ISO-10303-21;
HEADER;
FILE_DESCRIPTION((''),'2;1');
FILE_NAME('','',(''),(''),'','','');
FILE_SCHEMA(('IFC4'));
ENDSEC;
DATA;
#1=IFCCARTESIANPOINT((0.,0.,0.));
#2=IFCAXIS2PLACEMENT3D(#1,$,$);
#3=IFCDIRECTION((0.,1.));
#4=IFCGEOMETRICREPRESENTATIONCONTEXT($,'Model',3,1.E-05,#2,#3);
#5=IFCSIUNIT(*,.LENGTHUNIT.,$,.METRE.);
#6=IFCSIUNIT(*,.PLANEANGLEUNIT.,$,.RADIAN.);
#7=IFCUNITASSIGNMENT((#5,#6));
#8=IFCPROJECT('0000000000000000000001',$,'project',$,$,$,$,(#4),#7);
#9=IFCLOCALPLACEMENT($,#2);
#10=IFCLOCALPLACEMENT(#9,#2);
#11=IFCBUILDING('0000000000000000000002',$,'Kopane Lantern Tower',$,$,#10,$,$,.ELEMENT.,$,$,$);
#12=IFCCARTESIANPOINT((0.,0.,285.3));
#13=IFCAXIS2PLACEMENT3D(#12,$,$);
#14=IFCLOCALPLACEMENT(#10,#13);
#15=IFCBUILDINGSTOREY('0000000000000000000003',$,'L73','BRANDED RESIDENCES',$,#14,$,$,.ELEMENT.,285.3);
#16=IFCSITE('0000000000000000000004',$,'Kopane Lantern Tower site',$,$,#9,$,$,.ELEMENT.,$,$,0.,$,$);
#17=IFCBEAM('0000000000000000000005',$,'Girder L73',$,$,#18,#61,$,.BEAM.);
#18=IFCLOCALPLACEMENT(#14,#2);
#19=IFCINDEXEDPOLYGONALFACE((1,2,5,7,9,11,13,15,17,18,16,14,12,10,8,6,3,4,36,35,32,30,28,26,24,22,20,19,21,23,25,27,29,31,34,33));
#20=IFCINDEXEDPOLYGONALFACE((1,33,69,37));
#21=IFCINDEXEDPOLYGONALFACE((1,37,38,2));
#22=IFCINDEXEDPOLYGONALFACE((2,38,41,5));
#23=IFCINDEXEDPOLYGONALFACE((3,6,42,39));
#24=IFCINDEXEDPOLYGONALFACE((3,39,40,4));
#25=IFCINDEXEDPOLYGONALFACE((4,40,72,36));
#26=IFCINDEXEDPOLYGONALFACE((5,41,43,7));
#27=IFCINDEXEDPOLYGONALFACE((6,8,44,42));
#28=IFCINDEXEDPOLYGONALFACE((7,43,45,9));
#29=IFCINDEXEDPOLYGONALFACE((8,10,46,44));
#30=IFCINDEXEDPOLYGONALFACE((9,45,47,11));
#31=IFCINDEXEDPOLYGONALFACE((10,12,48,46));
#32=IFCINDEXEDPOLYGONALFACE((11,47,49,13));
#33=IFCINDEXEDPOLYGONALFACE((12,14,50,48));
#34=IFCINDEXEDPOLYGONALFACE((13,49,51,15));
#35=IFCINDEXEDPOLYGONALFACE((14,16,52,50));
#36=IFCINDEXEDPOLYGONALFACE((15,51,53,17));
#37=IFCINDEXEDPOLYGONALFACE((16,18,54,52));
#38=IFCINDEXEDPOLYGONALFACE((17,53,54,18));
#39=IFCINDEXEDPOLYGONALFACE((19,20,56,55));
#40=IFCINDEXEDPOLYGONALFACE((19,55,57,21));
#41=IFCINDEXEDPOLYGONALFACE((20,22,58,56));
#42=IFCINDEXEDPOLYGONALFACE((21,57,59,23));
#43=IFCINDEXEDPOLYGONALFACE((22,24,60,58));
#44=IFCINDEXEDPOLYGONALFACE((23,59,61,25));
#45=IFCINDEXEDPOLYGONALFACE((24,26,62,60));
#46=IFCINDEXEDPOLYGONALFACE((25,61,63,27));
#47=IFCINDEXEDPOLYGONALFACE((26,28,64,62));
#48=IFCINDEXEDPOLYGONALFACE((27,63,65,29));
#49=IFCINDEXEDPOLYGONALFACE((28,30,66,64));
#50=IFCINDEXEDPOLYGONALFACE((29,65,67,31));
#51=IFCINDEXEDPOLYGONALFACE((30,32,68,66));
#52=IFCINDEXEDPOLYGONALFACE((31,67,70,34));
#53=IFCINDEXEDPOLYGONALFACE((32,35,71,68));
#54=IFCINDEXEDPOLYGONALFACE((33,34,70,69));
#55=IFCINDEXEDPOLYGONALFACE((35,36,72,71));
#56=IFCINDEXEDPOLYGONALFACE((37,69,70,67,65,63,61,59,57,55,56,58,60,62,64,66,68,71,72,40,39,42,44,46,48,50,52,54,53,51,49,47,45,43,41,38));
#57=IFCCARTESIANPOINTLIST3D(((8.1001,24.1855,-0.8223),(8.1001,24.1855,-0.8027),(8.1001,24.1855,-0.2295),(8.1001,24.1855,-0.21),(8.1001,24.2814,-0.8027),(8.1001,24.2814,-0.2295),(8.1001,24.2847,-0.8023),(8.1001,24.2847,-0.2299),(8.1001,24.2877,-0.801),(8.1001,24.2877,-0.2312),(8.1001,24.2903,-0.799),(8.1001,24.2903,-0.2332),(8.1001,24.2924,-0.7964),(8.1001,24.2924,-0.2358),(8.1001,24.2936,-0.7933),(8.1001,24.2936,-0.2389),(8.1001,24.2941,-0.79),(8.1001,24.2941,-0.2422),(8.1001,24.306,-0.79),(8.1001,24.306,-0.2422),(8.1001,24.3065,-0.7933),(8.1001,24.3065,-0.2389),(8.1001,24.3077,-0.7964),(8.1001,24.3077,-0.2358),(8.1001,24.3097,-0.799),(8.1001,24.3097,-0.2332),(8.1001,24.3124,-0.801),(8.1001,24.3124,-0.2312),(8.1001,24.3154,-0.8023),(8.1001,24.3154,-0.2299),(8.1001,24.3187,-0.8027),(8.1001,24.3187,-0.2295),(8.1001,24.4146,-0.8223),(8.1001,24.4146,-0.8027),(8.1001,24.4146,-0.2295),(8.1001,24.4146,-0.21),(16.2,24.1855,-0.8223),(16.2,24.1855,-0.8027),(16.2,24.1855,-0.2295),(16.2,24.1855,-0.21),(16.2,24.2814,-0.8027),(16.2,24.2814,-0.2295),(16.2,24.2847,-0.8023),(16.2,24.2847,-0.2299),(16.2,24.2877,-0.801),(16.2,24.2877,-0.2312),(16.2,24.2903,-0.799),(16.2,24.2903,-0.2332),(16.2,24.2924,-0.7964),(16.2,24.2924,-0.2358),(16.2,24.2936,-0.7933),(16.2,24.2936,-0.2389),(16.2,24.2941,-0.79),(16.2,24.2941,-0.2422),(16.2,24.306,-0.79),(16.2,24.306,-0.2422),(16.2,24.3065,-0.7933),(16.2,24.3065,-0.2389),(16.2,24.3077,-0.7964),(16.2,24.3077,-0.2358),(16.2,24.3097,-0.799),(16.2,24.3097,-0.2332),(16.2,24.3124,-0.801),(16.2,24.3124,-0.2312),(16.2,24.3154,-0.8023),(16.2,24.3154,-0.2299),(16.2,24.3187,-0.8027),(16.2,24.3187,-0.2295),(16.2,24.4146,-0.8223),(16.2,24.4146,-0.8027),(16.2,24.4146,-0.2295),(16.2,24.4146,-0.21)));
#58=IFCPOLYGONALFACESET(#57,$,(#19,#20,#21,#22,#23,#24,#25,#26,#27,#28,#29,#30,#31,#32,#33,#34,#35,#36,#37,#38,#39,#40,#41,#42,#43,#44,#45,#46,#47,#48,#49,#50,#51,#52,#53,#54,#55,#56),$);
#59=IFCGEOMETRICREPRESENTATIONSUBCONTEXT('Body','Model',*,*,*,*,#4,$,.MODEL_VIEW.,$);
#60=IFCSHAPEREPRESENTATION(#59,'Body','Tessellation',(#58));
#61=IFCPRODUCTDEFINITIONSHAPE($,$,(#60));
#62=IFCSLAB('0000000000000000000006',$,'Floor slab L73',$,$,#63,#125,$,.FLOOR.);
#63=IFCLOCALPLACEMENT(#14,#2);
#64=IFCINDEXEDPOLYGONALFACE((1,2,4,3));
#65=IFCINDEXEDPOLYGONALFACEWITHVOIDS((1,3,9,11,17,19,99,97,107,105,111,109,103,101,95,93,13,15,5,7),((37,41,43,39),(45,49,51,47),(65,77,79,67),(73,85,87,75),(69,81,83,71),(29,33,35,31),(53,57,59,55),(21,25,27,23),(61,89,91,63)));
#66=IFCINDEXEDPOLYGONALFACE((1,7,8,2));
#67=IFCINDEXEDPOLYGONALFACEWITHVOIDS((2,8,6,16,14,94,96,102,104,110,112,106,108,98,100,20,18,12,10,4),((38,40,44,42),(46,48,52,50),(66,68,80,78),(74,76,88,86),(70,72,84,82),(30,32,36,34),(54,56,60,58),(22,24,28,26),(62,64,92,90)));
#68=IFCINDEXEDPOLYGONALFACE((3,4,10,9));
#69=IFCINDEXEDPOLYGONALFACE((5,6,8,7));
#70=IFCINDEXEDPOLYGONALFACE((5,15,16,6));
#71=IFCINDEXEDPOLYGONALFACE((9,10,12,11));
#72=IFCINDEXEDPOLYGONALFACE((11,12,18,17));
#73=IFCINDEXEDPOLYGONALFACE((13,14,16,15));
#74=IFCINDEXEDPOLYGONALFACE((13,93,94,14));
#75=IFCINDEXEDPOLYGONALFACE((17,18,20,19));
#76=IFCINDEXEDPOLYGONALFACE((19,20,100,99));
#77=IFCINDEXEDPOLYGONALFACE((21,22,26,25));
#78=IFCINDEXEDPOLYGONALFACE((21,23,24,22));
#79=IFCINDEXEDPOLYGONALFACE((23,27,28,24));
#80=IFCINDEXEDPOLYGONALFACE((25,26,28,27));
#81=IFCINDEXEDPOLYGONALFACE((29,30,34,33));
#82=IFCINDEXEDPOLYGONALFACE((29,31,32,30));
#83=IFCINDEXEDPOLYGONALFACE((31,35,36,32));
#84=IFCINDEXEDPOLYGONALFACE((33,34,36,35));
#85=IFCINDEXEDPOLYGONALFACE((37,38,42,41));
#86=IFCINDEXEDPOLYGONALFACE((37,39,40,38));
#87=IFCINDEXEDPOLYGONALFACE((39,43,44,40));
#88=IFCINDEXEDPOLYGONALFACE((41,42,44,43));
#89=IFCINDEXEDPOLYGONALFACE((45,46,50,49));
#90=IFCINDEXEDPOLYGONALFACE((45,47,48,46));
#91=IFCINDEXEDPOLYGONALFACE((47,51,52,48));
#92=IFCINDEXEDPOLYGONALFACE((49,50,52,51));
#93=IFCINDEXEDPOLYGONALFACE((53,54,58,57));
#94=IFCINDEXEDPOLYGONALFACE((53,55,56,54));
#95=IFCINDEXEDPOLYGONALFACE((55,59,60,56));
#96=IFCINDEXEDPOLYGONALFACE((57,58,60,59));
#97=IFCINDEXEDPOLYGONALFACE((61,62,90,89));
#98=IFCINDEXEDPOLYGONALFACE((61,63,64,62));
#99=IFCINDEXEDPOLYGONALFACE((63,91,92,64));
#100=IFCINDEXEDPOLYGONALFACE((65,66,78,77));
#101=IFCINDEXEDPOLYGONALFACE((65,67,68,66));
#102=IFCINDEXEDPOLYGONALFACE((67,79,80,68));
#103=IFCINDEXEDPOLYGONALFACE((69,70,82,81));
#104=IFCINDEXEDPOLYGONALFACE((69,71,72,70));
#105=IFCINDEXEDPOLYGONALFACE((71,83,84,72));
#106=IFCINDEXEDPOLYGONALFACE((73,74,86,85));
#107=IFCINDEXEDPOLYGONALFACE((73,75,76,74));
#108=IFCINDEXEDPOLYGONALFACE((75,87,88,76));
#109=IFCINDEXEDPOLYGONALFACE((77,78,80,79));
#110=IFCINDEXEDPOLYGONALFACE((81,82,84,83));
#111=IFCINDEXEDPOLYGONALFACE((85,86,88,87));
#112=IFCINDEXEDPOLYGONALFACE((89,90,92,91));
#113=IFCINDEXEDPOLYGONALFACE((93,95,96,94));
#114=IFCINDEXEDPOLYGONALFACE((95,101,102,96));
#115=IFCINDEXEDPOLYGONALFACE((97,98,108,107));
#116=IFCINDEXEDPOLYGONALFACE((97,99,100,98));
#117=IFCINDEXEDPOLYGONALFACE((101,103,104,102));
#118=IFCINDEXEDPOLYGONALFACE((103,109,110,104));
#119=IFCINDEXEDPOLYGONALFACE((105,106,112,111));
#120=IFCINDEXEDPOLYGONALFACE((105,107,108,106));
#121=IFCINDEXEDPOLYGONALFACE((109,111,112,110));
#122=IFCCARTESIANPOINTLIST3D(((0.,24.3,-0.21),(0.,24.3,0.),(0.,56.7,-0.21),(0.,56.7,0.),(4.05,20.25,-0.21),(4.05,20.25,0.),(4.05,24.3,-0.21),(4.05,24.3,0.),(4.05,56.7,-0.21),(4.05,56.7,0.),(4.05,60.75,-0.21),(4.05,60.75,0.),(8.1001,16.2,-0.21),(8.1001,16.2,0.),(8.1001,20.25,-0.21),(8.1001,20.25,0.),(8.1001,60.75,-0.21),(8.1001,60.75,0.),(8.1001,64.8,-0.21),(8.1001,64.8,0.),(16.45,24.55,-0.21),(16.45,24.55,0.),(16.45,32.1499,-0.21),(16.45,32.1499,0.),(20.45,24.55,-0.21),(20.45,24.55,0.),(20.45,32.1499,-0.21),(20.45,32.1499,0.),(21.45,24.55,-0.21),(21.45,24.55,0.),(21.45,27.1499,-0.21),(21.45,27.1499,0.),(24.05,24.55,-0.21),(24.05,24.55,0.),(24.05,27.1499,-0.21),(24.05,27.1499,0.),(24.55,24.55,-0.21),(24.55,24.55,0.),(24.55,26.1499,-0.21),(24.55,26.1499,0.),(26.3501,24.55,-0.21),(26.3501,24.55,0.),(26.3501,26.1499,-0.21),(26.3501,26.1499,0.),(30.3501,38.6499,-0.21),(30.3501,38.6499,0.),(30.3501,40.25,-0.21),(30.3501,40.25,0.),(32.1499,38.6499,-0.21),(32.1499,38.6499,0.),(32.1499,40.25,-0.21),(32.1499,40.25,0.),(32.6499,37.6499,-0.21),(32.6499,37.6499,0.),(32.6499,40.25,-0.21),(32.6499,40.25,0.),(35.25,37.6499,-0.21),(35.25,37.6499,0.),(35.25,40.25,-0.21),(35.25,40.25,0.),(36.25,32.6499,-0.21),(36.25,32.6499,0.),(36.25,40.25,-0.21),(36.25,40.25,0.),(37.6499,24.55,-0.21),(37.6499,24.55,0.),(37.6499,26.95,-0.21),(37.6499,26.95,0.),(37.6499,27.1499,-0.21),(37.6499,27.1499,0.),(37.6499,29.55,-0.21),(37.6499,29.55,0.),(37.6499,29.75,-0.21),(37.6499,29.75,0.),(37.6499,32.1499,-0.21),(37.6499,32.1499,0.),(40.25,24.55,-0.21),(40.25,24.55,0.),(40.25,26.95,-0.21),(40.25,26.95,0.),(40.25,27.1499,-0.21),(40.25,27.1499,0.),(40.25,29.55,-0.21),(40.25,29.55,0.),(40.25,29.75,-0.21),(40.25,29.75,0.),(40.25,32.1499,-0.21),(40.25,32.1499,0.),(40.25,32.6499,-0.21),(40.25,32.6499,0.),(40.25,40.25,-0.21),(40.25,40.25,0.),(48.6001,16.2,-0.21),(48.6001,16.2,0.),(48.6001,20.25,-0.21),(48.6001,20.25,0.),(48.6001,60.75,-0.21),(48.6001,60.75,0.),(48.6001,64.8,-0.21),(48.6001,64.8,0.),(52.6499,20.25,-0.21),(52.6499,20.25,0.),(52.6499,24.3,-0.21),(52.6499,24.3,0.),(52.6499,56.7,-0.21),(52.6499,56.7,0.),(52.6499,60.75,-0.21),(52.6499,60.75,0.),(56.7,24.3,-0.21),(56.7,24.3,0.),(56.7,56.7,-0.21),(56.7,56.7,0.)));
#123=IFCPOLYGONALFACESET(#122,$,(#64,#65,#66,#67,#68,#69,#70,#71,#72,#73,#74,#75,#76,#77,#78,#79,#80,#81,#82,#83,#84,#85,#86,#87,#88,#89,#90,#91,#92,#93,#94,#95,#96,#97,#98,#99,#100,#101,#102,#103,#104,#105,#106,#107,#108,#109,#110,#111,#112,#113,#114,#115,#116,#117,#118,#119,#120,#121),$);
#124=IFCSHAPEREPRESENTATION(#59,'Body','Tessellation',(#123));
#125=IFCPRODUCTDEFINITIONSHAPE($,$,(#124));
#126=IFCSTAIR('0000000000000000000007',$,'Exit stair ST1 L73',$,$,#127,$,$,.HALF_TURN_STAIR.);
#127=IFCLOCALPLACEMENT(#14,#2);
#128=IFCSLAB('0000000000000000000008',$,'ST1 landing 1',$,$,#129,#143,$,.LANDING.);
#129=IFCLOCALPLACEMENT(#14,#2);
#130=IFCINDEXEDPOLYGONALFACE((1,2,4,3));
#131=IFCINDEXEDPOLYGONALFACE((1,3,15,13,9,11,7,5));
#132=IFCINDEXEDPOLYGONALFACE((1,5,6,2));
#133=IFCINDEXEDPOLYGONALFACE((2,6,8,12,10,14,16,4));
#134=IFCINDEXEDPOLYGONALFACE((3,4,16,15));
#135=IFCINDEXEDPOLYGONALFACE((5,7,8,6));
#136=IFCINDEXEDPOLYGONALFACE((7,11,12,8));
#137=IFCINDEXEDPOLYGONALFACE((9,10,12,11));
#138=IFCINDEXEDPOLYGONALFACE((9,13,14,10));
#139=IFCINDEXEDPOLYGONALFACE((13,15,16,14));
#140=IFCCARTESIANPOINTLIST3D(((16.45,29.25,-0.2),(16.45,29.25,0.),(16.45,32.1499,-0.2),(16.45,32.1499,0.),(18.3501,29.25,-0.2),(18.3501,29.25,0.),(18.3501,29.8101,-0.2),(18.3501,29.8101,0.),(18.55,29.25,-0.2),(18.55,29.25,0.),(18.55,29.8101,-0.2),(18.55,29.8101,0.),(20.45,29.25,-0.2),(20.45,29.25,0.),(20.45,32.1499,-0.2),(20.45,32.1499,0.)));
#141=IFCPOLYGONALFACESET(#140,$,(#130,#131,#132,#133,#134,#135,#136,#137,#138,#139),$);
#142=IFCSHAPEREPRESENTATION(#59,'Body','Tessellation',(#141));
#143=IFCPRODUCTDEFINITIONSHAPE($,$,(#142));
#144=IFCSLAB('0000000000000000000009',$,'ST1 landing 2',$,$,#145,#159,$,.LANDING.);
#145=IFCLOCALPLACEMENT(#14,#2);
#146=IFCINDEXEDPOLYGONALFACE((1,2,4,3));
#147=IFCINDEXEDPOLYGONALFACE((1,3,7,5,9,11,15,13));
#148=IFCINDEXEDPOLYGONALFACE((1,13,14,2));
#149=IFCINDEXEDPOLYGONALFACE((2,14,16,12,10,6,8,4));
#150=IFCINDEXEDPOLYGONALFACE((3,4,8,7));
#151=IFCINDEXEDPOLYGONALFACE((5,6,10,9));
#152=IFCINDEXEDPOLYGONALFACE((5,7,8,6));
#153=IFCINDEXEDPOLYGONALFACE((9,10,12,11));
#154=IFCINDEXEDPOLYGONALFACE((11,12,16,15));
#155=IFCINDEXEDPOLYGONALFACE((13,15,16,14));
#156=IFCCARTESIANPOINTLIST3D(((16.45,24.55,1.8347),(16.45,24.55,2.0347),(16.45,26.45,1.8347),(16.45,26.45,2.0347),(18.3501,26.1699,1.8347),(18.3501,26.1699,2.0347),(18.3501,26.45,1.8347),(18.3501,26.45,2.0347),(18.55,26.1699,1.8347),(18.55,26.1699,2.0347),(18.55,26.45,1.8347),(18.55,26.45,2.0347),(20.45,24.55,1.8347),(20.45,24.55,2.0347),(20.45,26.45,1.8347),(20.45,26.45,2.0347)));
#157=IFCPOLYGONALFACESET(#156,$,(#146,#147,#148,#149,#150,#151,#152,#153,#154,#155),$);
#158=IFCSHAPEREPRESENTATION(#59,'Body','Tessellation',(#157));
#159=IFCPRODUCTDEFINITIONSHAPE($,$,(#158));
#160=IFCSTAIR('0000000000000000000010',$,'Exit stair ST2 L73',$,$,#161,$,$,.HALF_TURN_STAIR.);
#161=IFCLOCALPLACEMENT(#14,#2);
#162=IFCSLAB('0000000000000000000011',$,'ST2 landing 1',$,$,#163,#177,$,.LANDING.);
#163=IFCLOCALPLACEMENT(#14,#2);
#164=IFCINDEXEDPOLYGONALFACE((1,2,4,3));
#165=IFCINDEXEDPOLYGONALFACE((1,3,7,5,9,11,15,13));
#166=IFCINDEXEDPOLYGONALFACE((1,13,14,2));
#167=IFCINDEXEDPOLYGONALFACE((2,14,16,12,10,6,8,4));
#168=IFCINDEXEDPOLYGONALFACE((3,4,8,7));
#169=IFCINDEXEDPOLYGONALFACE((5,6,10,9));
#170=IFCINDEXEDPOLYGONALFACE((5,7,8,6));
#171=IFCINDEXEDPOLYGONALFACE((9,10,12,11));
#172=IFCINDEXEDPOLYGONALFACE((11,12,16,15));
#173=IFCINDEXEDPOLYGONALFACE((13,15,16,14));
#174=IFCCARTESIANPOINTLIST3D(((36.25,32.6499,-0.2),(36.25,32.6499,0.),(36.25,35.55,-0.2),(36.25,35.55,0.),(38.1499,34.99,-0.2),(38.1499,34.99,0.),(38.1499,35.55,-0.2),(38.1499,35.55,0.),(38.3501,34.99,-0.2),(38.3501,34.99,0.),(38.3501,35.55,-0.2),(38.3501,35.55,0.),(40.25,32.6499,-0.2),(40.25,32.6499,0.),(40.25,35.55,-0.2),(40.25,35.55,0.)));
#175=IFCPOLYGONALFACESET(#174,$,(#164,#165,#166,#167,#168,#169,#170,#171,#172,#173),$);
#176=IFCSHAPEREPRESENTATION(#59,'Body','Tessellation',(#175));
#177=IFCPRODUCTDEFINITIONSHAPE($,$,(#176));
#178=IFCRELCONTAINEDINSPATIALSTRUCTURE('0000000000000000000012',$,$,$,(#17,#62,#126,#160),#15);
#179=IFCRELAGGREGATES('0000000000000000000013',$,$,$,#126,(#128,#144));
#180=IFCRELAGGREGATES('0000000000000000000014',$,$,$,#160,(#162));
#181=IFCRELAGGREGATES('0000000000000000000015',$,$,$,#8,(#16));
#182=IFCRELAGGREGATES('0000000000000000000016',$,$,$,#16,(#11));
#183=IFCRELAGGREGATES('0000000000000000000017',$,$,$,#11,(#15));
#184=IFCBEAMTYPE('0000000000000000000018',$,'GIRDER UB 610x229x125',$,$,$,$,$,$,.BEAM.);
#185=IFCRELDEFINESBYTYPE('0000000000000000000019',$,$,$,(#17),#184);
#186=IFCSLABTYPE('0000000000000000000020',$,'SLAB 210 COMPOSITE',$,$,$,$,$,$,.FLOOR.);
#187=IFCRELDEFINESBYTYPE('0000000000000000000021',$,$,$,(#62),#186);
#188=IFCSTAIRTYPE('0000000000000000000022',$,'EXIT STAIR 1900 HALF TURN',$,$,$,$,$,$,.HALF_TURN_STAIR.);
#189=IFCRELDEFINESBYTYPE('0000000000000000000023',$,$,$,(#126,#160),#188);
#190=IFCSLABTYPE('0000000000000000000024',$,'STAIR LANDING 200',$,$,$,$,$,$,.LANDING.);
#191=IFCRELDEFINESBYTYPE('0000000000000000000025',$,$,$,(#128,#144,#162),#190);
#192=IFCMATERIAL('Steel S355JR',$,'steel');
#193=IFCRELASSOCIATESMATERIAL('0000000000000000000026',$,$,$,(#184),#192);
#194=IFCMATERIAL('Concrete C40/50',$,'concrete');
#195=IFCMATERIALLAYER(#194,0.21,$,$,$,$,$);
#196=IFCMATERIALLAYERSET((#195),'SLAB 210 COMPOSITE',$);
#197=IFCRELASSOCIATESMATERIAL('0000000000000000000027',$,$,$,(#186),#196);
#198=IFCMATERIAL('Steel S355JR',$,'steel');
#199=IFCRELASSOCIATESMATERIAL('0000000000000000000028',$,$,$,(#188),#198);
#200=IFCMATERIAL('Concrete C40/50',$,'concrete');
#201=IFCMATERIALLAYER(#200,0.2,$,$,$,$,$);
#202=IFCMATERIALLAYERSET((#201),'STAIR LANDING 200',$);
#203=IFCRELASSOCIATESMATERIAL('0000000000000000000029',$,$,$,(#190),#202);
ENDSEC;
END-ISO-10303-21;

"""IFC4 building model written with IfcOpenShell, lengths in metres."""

from ifc_helpers import new_model, si_unit, direction, frame, origin, origin_2d, place, context, subcontext, project, spatial, polyline, i_section, outline, extrude, material, layer, layer_set, material_profile, profile_set, type_object, element, aggregate, save


model = new_model("IFC4")

# Units and contexts
model_context = context("Model", 3, precision=1e-05, world=origin(), true_north=direction((0.0, 1.0)))
body_context = subcontext(model_context, "Body", "Model", "MODEL_VIEW")
ifc_project = project(units=[si_unit("LENGTHUNIT", "METRE"), si_unit("PLANEANGLEUNIT", "RADIAN")], contexts=[model_context])

# Site, building, storey
site_placement = place(None, origin())
site = spatial("IfcSite", under=ifc_project, at=site_placement, Name="Kopane Lantern Tower site", CompositionType="ELEMENT", RefElevation=0.0)
building_placement = place(site_placement, origin())
building = spatial("IfcBuilding", under=site, at=building_placement, Name="Kopane Lantern Tower", CompositionType="ELEMENT")
storey_placement = place(building_placement, frame((0.0, 0.0, 285.3)))
storey = spatial("IfcBuildingStorey", under=building, at=storey_placement, Name="L73", Description="BRANDED RESIDENCES", CompositionType="ELEMENT", Elevation=285.3)

# Beam
ifc_material_1 = material(Name="Steel S355JR", Category="steel")
ifc_material_profile_1 = material_profile(ifc_material_1, i_section(OverallWidth=0.229, OverallDepth=0.6123, WebThickness=0.012, FlangeThickness=0.0195, FilletRadius=0.0127, at=origin_2d()), Name="UB 610x229x125")
ifc_profile_set_1 = profile_set([ifc_material_profile_1], Name="Steel S355JR")
beam_type_1 = type_object("IfcBeamType", Name="GIRDER UB 610x229x125", PredefinedType="BEAM", material=ifc_profile_set_1)
for number, where, z_axis, x_axis, name in (
    (1, (8.1001, 24.3, -0.5161), (1.0, 0.0, 0.0), (0.0, 1.0, 0.0), "Girder L73"),
):
    element("IfcBeam", number, at=place(storey_placement, frame(where, z_axis=z_axis, x_axis=x_axis)), inside=storey, type_object=beam_type_1, Name=name, PredefinedType="BEAM", context=body_context, shape_type="SweptSolid", body=[
        extrude(i_section(OverallWidth=0.229, OverallDepth=0.6123, WebThickness=0.012, FlangeThickness=0.0195, FilletRadius=0.0127, at=origin_2d()), origin(), (0.0, 0.0, 1.0), 8.0999),
    ])

# Slab
ifc_material_2 = material(Name="Concrete C40/50", Category="concrete")
ifc_layer_1 = layer(ifc_material_2, 0.21)
ifc_layer_set_1 = layer_set([ifc_layer_1], Name="SLAB 210 COMPOSITE")
slab_type_1 = type_object("IfcSlabType", Name="SLAB 210 COMPOSITE", PredefinedType="FLOOR", material=ifc_layer_set_1)
slab_1_placement = place(storey_placement, frame((0.0, 0.0, -0.21)))
element("IfcSlab", 2, at=slab_1_placement, inside=storey, type_object=slab_type_1, Name="Floor slab L73", PredefinedType="FLOOR", context=body_context, shape_type="SweptSolid", body=[
    extrude(outline(polyline([(8.1001, 16.2), (48.6001, 16.2), (48.6001, 20.25), (52.6499, 20.25), (52.6499, 24.3), (56.7, 24.3), (56.7, 56.7), (52.6499, 56.7), (52.6499, 60.75), (48.6001, 60.75), (48.6001, 64.8), (8.1001, 64.8), (8.1001, 60.75), (4.05, 60.75), (4.05, 56.7), (0.0, 56.7), (0.0, 24.3), (4.05, 24.3), (4.05, 20.25), (8.1001, 20.25), (8.1001, 16.2)]), holes=[polyline([(16.45, 24.55), (20.45, 24.55), (20.45, 32.1499), (16.45, 32.1499), (16.45, 24.55)]), polyline([(36.25, 32.6499), (40.25, 32.6499), (40.25, 40.25), (36.25, 40.25), (36.25, 32.6499)]), polyline([(37.6499, 24.55), (40.25, 24.55), (40.25, 26.95), (37.6499, 26.95), (37.6499, 24.55)]), polyline([(37.6499, 27.1499), (40.25, 27.1499), (40.25, 29.55), (37.6499, 29.55), (37.6499, 27.1499)]), polyline([(37.6499, 29.75), (40.25, 29.75), (40.25, 32.1499), (37.6499, 32.1499), (37.6499, 29.75)]), polyline([(21.45, 24.55), (24.05, 24.55), (24.05, 27.1499), (21.45, 27.1499), (21.45, 24.55)]), polyline([(32.6499, 37.6499), (35.25, 37.6499), (35.25, 40.25), (32.6499, 40.25), (32.6499, 37.6499)]), polyline([(24.55, 24.55), (26.3501, 24.55), (26.3501, 26.1499), (24.55, 26.1499), (24.55, 24.55)]), polyline([(30.3501, 38.6499), (32.1499, 38.6499), (32.1499, 40.25), (30.3501, 40.25), (30.3501, 38.6499)])]), origin(), (0.0, 0.0, 1.0), 0.21),
])

# Stairs, slabs
ifc_material_3 = material(Name="Steel S355JR", Category="steel")
stair_type = type_object("IfcStairType", Name="EXIT STAIR 1900 HALF TURN", PredefinedType="HALF_TURN_STAIR", material=ifc_material_3)
stair_1_placement = place(storey_placement, origin())
stair_1 = element("IfcStair", 3, at=stair_1_placement, inside=storey, type_object=stair_type, Name="Exit stair ST1 L73", PredefinedType="HALF_TURN_STAIR")
ifc_material_4 = material(Name="Concrete C40/50", Category="concrete")
ifc_layer_2 = layer(ifc_material_4, 0.2)
ifc_layer_set_2 = layer_set([ifc_layer_2], Name="STAIR LANDING 200")
slab_type_2 = type_object("IfcSlabType", Name="STAIR LANDING 200", PredefinedType="LANDING", material=ifc_layer_set_2)
slab_2_placement = place(storey_placement, frame((0.0, 0.0, -0.2)))
slab_2 = element("IfcSlab", 4, at=slab_2_placement, type_object=slab_type_2, Name="ST1 landing 1", PredefinedType="LANDING", context=body_context, shape_type="SweptSolid", body=[
    extrude(outline(polyline([(18.3501, 29.8101), (18.55, 29.8101), (18.55, 29.25), (20.45, 29.25), (20.45, 32.1499), (16.45, 32.1499), (16.45, 29.25), (18.3501, 29.25), (18.3501, 29.8101)])), origin(), (0.0, 0.0, 1.0), 0.2),
])
slab_3_placement = place(storey_placement, frame((0.0, 0.0, 1.8347)))
slab_3 = element("IfcSlab", 5, at=slab_3_placement, type_object=slab_type_2, Name="ST1 landing 2", PredefinedType="LANDING", context=body_context, shape_type="SweptSolid", body=[
    extrude(outline(polyline([(20.45, 26.45), (18.55, 26.45), (18.55, 26.1699), (18.3501, 26.1699), (18.3501, 26.45), (16.45, 26.45), (16.45, 24.55), (20.45, 24.55), (20.45, 26.45)])), origin(), (0.0, 0.0, 1.0), 0.2),
])
aggregate(stair_1, [slab_2, slab_3])
stair_2_placement = place(storey_placement, origin())
stair_2 = element("IfcStair", 6, at=stair_2_placement, inside=storey, type_object=stair_type, Name="Exit stair ST2 L73", PredefinedType="HALF_TURN_STAIR")
slab_4_placement = place(storey_placement, frame((0.0, 0.0, -0.2)))
slab_4 = element("IfcSlab", 7, at=slab_4_placement, type_object=slab_type_2, Name="ST2 landing 1", PredefinedType="LANDING", context=body_context, shape_type="SweptSolid", body=[
    extrude(outline(polyline([(40.25, 35.55), (38.3501, 35.55), (38.3501, 34.99), (38.1499, 34.99), (38.1499, 35.55), (36.25, 35.55), (36.25, 32.6499), (40.25, 32.6499), (40.25, 35.55)])), origin(), (0.0, 0.0, 1.0), 0.2),
])
aggregate(stair_2, [slab_4])

save(model, "model.ifc")
